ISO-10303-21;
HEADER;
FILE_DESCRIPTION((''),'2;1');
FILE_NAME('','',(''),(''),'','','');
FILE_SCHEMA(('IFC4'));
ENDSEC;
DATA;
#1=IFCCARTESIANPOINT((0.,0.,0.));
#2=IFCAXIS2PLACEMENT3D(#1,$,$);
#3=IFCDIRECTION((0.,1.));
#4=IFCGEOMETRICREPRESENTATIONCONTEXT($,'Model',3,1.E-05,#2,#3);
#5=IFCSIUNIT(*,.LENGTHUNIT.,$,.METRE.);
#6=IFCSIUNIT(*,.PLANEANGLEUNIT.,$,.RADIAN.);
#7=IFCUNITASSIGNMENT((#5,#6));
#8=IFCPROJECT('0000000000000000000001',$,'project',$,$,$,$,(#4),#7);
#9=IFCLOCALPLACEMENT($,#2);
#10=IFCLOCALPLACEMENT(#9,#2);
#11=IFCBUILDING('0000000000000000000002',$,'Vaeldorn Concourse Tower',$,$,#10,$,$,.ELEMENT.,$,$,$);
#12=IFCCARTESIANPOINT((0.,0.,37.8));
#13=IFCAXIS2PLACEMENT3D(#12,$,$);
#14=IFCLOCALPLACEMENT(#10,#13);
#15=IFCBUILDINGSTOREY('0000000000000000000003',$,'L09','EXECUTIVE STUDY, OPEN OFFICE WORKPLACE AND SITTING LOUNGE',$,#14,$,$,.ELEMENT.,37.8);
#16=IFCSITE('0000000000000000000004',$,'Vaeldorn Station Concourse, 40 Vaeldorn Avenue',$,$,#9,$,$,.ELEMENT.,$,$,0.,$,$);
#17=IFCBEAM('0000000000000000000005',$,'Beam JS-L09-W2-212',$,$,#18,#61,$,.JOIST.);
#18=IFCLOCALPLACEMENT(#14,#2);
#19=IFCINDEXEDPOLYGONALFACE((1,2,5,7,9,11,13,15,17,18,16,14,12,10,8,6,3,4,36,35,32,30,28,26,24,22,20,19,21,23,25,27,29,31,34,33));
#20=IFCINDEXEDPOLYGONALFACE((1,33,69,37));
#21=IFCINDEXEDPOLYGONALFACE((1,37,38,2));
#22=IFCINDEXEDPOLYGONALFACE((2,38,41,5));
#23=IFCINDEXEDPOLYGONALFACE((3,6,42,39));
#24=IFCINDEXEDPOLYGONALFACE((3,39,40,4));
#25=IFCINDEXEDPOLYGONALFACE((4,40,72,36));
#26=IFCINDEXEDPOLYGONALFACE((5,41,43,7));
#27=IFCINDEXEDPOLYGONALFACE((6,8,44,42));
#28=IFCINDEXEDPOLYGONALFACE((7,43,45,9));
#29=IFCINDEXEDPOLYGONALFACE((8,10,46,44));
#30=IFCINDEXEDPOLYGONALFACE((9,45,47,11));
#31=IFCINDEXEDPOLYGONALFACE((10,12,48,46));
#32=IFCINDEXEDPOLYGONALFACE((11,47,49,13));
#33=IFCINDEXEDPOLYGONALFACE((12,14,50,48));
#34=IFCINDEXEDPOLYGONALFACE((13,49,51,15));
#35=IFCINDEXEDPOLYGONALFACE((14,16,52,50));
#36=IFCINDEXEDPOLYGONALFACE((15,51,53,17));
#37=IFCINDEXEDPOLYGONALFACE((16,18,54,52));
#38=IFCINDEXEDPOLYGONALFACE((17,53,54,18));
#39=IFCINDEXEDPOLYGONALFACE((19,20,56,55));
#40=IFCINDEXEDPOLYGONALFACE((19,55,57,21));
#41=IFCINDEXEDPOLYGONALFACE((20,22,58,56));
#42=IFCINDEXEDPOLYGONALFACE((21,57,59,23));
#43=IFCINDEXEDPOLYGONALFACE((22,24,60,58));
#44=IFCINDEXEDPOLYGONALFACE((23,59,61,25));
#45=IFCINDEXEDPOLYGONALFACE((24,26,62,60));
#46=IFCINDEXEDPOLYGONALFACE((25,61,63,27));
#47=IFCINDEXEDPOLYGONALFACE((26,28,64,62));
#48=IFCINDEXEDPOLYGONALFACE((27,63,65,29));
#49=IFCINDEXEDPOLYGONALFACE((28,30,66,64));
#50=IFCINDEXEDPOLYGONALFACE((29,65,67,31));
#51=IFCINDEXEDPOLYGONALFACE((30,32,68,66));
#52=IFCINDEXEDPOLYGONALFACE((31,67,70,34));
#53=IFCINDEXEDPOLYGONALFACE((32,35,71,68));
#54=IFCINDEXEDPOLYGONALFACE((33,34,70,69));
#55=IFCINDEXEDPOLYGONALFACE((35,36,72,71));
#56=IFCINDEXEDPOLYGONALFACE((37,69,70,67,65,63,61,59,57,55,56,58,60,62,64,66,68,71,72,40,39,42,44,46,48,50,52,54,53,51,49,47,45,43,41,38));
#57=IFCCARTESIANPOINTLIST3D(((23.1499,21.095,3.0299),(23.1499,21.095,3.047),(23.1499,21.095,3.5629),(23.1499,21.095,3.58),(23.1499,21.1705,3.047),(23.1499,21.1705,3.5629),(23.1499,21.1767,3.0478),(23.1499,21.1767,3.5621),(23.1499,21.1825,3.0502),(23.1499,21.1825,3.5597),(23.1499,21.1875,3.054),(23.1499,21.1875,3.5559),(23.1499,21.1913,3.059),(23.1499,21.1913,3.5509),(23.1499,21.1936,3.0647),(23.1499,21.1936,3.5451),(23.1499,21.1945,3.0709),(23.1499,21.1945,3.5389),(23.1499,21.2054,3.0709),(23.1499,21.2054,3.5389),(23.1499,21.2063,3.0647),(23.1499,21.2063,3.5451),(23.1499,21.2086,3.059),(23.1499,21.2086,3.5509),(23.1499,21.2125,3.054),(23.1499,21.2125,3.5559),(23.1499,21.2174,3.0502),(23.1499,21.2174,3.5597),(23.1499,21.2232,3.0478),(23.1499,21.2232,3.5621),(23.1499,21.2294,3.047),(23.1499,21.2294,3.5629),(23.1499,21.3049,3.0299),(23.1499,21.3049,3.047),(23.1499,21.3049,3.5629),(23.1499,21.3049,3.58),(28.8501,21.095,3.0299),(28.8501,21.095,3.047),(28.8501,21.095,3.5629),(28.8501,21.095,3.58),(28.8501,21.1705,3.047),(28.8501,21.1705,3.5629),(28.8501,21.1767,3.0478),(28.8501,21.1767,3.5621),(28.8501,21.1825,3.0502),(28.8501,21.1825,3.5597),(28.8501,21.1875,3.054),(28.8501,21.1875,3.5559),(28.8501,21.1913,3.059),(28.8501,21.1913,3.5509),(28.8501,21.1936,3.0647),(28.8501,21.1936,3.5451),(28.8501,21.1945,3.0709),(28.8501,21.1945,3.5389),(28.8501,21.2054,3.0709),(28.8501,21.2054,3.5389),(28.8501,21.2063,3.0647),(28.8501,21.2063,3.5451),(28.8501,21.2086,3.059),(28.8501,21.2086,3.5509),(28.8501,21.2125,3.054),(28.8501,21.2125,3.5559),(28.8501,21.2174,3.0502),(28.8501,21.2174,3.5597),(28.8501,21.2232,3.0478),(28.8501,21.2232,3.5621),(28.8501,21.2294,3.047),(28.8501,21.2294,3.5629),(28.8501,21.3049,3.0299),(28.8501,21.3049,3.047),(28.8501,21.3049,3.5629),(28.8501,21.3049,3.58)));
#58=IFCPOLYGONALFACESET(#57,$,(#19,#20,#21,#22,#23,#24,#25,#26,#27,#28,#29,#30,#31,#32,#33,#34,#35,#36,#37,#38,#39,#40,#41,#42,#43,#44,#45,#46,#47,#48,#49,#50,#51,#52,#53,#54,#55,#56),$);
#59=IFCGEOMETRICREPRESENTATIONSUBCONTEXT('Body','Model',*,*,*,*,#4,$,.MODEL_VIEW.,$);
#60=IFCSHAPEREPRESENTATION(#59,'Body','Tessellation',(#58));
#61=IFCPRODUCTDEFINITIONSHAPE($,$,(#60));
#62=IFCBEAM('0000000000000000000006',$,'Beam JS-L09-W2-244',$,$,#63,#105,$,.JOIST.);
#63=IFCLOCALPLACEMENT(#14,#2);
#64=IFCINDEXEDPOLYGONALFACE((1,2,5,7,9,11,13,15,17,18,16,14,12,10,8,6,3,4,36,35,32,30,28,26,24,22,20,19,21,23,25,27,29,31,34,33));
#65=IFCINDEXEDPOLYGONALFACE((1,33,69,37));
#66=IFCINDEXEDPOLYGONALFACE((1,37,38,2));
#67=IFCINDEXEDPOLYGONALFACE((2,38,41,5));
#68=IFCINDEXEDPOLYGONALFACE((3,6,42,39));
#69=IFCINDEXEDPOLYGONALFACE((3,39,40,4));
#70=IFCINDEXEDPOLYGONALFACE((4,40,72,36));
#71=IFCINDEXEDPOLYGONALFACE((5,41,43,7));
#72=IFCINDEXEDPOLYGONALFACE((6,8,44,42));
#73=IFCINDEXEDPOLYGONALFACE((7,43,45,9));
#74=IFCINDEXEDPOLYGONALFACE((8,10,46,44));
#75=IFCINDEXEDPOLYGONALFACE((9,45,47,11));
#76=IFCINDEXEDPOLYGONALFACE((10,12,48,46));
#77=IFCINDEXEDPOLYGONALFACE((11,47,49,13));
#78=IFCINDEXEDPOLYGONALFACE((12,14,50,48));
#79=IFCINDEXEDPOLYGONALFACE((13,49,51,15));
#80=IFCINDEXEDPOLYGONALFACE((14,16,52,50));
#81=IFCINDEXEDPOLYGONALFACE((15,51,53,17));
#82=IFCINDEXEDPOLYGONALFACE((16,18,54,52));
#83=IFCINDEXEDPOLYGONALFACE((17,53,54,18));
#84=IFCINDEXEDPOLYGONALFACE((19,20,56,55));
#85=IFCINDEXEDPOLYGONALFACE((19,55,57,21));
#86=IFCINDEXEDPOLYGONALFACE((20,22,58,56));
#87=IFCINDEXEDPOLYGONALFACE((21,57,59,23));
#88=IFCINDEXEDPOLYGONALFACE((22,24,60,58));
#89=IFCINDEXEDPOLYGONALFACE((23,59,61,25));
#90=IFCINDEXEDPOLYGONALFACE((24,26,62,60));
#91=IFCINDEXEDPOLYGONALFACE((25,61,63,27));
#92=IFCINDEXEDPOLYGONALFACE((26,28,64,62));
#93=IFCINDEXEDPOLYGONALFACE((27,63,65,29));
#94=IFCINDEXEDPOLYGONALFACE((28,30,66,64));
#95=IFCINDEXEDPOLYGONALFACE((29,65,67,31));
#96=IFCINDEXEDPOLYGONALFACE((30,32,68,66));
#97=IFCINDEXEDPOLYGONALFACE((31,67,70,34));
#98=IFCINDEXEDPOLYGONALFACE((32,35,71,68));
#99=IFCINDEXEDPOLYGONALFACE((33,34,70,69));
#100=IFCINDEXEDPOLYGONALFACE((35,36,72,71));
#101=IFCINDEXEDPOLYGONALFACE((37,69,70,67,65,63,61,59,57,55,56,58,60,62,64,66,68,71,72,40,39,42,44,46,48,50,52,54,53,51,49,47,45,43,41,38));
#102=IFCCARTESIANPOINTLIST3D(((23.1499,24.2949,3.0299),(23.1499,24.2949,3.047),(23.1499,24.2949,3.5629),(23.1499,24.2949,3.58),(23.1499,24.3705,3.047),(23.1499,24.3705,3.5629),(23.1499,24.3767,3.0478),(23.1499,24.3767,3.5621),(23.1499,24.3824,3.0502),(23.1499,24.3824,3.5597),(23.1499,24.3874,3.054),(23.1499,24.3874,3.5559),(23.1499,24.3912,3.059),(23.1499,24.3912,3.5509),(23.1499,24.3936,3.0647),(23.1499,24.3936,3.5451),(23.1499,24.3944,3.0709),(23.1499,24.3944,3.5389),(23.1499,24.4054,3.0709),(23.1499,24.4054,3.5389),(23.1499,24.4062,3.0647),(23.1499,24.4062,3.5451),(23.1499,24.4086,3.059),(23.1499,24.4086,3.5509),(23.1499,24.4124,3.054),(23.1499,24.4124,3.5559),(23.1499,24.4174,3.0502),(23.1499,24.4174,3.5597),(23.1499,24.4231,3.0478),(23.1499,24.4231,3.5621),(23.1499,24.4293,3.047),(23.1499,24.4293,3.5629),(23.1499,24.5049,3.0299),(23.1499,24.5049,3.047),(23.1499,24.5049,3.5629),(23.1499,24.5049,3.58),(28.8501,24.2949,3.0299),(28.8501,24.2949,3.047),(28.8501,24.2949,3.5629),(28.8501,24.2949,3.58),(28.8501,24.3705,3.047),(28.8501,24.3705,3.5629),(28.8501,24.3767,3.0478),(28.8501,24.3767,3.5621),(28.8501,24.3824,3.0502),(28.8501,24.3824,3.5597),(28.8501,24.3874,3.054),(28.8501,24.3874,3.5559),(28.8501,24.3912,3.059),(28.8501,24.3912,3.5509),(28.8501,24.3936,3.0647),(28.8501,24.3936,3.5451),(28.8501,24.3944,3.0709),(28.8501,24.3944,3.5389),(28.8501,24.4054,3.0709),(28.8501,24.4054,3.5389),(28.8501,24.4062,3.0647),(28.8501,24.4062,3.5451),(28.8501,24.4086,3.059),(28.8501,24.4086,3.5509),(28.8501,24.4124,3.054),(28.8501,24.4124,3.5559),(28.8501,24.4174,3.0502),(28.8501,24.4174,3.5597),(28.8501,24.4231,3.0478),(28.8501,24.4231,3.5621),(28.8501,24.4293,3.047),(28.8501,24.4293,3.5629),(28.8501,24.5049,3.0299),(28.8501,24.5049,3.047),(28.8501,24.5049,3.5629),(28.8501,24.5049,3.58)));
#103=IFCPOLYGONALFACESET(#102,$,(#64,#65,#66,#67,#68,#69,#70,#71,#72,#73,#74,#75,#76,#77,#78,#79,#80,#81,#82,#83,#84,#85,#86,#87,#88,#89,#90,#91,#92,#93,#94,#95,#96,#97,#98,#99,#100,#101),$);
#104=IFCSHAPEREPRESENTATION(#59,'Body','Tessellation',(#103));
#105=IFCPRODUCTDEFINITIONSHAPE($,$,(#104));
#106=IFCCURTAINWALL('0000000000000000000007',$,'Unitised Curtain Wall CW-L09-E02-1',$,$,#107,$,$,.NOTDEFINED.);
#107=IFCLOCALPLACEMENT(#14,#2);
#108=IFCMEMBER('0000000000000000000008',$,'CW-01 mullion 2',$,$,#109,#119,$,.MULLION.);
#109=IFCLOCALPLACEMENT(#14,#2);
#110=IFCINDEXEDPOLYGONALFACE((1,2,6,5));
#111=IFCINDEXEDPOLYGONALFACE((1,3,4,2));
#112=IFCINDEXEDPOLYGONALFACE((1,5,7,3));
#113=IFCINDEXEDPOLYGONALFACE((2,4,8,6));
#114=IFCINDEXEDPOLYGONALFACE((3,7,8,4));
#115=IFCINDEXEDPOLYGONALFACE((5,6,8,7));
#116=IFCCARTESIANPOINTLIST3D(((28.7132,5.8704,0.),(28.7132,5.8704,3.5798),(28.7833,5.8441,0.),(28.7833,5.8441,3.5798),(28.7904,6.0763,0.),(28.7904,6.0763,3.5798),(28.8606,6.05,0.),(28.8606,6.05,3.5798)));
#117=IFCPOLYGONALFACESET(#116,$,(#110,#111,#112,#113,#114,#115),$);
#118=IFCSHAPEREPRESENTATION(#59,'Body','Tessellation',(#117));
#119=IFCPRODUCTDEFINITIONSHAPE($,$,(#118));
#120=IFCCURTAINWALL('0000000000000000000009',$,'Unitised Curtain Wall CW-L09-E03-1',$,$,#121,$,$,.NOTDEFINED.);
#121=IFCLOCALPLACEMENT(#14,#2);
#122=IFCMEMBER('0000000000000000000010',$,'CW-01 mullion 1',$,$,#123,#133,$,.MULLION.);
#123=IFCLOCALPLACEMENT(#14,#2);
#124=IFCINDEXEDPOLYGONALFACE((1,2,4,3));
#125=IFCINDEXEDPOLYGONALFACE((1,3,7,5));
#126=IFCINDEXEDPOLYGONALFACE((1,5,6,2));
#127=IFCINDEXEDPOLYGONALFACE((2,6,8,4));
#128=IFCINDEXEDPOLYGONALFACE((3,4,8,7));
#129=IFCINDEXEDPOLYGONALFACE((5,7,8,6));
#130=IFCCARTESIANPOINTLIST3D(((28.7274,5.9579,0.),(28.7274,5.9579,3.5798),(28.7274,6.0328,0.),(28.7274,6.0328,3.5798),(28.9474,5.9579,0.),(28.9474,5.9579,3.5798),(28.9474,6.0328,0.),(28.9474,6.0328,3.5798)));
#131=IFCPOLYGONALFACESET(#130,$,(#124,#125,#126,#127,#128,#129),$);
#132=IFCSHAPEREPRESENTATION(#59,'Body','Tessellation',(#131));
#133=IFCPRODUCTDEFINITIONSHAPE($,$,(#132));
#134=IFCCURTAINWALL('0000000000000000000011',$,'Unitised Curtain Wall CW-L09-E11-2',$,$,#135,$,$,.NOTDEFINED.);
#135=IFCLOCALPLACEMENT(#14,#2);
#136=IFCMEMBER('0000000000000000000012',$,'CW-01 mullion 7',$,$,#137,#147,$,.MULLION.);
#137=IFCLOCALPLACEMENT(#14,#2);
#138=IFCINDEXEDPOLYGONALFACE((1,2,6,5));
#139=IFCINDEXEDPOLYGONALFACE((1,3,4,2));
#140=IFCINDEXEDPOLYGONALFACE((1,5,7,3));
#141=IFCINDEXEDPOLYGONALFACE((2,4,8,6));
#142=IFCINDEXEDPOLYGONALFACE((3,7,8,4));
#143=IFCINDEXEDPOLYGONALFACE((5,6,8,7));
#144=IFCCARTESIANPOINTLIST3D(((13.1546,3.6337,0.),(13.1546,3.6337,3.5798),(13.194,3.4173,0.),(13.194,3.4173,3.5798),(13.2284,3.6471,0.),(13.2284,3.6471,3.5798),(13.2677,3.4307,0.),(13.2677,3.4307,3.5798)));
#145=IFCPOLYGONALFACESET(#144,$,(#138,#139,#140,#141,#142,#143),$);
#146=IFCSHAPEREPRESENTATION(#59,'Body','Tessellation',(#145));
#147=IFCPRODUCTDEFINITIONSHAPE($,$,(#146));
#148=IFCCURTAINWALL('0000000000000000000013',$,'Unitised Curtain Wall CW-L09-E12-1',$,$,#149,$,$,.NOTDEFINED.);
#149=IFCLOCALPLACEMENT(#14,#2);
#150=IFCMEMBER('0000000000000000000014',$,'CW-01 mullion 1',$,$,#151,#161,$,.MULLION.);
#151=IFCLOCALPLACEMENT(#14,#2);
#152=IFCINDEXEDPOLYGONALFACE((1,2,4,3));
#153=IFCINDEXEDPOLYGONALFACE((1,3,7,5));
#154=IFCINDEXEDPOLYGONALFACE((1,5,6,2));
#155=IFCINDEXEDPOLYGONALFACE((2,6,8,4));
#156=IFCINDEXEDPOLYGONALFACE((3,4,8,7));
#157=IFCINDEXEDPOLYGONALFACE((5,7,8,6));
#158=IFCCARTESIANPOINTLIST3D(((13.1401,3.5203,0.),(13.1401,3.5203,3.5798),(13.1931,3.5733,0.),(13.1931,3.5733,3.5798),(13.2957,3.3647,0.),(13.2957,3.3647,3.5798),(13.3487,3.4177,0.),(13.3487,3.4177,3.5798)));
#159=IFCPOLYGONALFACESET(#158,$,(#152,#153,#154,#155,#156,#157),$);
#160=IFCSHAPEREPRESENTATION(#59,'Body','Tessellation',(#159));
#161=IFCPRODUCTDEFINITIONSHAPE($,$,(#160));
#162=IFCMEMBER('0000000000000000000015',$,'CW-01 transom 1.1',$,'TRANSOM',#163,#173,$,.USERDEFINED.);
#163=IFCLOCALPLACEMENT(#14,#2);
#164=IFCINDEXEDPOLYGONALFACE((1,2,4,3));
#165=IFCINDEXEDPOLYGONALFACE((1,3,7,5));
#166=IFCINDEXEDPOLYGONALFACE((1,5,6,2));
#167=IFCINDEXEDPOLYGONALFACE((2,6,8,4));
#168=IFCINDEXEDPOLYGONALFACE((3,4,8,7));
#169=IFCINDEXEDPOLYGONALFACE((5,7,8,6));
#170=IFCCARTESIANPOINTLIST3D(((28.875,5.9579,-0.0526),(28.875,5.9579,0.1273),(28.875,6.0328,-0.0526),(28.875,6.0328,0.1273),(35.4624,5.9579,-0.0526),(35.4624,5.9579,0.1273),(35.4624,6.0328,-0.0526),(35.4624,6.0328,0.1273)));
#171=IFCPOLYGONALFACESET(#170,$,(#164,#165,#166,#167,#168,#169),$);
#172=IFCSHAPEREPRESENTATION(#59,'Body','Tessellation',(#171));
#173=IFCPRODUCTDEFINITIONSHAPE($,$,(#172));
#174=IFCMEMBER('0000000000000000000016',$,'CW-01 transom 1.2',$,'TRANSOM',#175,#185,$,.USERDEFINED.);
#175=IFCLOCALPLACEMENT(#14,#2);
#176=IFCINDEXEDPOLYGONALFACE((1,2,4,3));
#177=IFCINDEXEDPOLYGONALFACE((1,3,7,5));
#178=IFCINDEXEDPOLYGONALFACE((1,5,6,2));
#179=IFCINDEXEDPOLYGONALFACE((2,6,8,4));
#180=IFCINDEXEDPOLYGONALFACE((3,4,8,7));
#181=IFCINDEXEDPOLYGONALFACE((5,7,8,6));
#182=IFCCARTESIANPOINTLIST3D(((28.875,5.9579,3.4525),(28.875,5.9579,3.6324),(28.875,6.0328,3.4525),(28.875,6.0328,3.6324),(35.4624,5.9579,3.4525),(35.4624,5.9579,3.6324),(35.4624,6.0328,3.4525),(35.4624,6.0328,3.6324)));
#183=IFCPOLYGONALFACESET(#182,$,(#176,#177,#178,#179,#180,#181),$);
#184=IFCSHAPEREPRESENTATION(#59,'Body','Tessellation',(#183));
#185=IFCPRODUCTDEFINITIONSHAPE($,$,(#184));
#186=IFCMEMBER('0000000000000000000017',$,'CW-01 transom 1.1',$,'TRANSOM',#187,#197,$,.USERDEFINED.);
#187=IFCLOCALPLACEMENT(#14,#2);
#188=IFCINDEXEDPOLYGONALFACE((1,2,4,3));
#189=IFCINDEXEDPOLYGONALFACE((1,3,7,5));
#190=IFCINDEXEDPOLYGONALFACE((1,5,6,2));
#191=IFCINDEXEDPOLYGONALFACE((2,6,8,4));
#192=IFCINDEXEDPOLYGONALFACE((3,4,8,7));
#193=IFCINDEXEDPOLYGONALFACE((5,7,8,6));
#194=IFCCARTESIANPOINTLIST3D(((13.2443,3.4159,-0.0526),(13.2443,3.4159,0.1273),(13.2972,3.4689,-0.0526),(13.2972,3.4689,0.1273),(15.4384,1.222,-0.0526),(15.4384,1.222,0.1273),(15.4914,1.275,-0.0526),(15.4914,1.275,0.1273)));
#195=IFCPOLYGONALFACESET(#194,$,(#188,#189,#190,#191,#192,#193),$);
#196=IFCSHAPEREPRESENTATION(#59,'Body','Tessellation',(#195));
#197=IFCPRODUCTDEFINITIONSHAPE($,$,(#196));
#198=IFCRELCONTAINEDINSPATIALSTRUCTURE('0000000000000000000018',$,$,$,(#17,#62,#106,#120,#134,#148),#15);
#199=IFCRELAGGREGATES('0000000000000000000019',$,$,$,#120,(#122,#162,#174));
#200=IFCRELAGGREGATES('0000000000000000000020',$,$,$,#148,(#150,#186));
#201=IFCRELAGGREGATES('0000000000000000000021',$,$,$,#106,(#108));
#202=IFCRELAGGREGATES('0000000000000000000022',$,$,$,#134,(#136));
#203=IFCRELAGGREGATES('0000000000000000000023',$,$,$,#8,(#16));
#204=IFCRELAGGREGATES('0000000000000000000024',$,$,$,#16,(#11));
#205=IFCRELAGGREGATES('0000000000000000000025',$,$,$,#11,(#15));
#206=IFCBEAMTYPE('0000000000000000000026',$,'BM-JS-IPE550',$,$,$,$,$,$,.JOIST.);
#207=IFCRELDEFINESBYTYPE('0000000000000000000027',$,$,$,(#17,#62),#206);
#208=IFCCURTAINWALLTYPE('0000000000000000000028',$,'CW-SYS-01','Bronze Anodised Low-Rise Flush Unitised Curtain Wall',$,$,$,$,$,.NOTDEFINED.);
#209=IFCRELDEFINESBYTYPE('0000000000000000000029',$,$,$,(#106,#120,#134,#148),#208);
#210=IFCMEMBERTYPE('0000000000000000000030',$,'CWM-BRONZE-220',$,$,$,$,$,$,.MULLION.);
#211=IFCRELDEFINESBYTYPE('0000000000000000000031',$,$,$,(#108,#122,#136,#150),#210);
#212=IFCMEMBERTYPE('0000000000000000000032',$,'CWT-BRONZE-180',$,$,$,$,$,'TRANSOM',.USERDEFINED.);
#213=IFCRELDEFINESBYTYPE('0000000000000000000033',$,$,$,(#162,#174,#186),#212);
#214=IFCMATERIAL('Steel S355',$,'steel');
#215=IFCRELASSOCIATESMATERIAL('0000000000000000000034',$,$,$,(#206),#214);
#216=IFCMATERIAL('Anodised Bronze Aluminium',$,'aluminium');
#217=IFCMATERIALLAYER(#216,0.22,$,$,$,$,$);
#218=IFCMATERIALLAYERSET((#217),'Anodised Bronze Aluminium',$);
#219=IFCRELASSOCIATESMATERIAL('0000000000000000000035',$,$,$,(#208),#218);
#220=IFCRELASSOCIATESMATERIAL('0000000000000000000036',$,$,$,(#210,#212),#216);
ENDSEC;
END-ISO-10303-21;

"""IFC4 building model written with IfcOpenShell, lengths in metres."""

from ifc_helpers import new_model, si_unit, direction, frame, origin, origin_2d, place, context, subcontext, project, spatial, rectangle, i_section, extrude, source, transform, mapped, material, layer, layer_set, material_profile, profile_set, type_object, element, aggregate, save


model = new_model("IFC4")

# Units and contexts
model_context = context("Model", 3, precision=1e-05, world=origin(), true_north=direction((0.0, 1.0)))
body_context = subcontext(model_context, "Body", "Model", "MODEL_VIEW")
ifc_project = project(units=[si_unit("LENGTHUNIT", "METRE"), si_unit("PLANEANGLEUNIT", "RADIAN")], contexts=[model_context])

# Site, building, storey
site_placement = place(None, origin())
site = spatial("IfcSite", under=ifc_project, at=site_placement, Name="Vaeldorn Station Concourse, 40 Vaeldorn Avenue", CompositionType="ELEMENT", RefElevation=0.0)
building_placement = place(site_placement, origin())
building = spatial("IfcBuilding", under=site, at=building_placement, Name="Vaeldorn Concourse Tower", CompositionType="ELEMENT")
storey_placement = place(building_placement, frame((0.0, 0.0, 37.8)))
storey = spatial("IfcBuildingStorey", under=building, at=storey_placement, Name="L09", Description="EXECUTIVE STUDY, OPEN OFFICE WORKPLACE AND SITTING LOUNGE", CompositionType="ELEMENT", Elevation=37.8)

# Beams
ifc_material_1 = material(Name="Steel S355", Category="steel")
ifc_material_profile_1 = material_profile(ifc_material_1, i_section(OverallWidth=0.21, OverallDepth=0.55, WebThickness=0.011, FlangeThickness=0.0171, FilletRadius=0.0239, at=origin_2d()), Name="IPE 550")
ifc_profile_set_1 = profile_set([ifc_material_profile_1], Name="Steel S355")
beam_type_1 = type_object("IfcBeamType", Name="BM-JS-IPE550", PredefinedType="JOIST", material=ifc_profile_set_1)
shared_shape_1 = source(origin(), body_context, "Body", "SweptSolid", [
    extrude(i_section(OverallWidth=0.21, OverallDepth=0.55, WebThickness=0.011, FlangeThickness=0.0171, FilletRadius=0.0239, at=origin_2d()), origin(), (0.0, 0.0, 1.0), 5.7002),
])
for number, where, z_axis, x_axis, name in (
    (1, (23.1499, 21.2, 3.3049), (1.0, 0.0, 0.0), (0.0, 1.0, 0.0), "Beam JS-L09-W2-212"),
    (2, (23.1499, 24.3999, 3.3049), (1.0, 0.0, 0.0), (0.0, 1.0, 0.0), "Beam JS-L09-W2-244"),
):
    element("IfcBeam", number, at=place(storey_placement, frame(where, z_axis=z_axis, x_axis=x_axis)), inside=storey, type_object=beam_type_1, Name=name, PredefinedType="JOIST", context=body_context, shape_type="MappedRepresentation", body=[
        mapped(shared_shape_1, transform((0.0, 0.0, 0.0), scale=1.0)),
    ])

# Curtain walls, members
ifc_material_2 = material(Name="Anodised Bronze Aluminium", Category="aluminium")
ifc_layer_1 = layer(ifc_material_2, 0.22)
ifc_layer_set_1 = layer_set([ifc_layer_1], Name="Anodised Bronze Aluminium")
curtain_wall_type = type_object("IfcCurtainWallType", Name="CW-SYS-01", Description="Bronze Anodised Low-Rise Flush Unitised Curtain Wall", PredefinedType="NOTDEFINED", material=ifc_layer_set_1)
curtain_wall_1_placement = place(storey_placement, origin())
curtain_wall_1 = element("IfcCurtainWall", 3, at=curtain_wall_1_placement, inside=storey, type_object=curtain_wall_type, Name="Unitised Curtain Wall CW-L09-E02-1", PredefinedType="NOTDEFINED")
ifc_material_profile_2 = material_profile(ifc_material_2, rectangle(XDim=0.075, YDim=0.22, at=origin_2d()), Name="CWM 75x220")
ifc_profile_set_2 = profile_set([ifc_material_profile_2], Name="Anodised Bronze Aluminium")
member_type_1 = type_object("IfcMemberType", Name="CWM-BRONZE-220", PredefinedType="MULLION", material=ifc_profile_set_2)
shared_shape_2 = source(origin(), body_context, "Body", "SweptSolid", [
    extrude(rectangle(XDim=0.075, YDim=0.22, at=origin_2d()), origin(), (0.0, 0.0, 1.0), 3.5798),
])
member_1_placement = place(storey_placement, frame((28.7869, 5.9602, 0.0), z_axis=(0.0, 0.0, 1.0), x_axis=(-0.936329, 0.351123, 0.0)))
member_1 = element("IfcMember", 4, at=member_1_placement, type_object=member_type_1, Name="CW-01 mullion 2", PredefinedType="MULLION", context=body_context, shape_type="MappedRepresentation", body=[
    mapped(shared_shape_2, transform((0.0, 0.0, 0.0), scale=1.0)),
])
curtain_wall_2_placement = place(storey_placement, origin())
curtain_wall_2 = element("IfcCurtainWall", 5, at=curtain_wall_2_placement, inside=storey, type_object=curtain_wall_type, Name="Unitised Curtain Wall CW-L09-E03-1", PredefinedType="NOTDEFINED")
member_2_placement = place(storey_placement, frame((28.8374, 5.9954, 0.0), z_axis=(0.0, 0.0, 1.0), x_axis=(0.0, 1.0, 0.0)))
member_2 = element("IfcMember", 6, at=member_2_placement, type_object=member_type_1, Name="CW-01 mullion 1", PredefinedType="MULLION", context=body_context, shape_type="MappedRepresentation", body=[
    mapped(shared_shape_2, transform((0.0, 0.0, 0.0), scale=1.0)),
])
curtain_wall_3_placement = place(storey_placement, origin())
curtain_wall_3 = element("IfcCurtainWall", 7, at=curtain_wall_3_placement, inside=storey, type_object=curtain_wall_type, Name="Unitised Curtain Wall CW-L09-E11-2", PredefinedType="NOTDEFINED")
member_3_placement = place(storey_placement, frame((13.2112, 3.5322, 0.0), z_axis=(0.0, 0.0, 1.0), x_axis=(0.983875, 0.178859, 0.0)))
member_3 = element("IfcMember", 8, at=member_3_placement, type_object=member_type_1, Name="CW-01 mullion 7", PredefinedType="MULLION", context=body_context, shape_type="MappedRepresentation", body=[
    mapped(shared_shape_2, transform((0.0, 0.0, 0.0), scale=1.0)),
])
curtain_wall_4_placement = place(storey_placement, origin())
curtain_wall_4 = element("IfcCurtainWall", 9, at=curtain_wall_4_placement, inside=storey, type_object=curtain_wall_type, Name="Unitised Curtain Wall CW-L09-E12-1", PredefinedType="NOTDEFINED")
member_4_placement = place(storey_placement, frame((13.2444, 3.469, 0.0), z_axis=(0.0, 0.0, 1.0), x_axis=(0.707107, 0.707107, 0.0)))
member_4 = element("IfcMember", 10, at=member_4_placement, type_object=member_type_1, Name="CW-01 mullion 1", PredefinedType="MULLION", context=body_context, shape_type="MappedRepresentation", body=[
    mapped(shared_shape_2, transform((0.0, 0.0, 0.0), scale=1.0)),
])

# Members
ifc_material_profile_3 = material_profile(ifc_material_2, rectangle(XDim=0.075, YDim=0.1799, at=origin_2d()), Name="CWT 75x180")
ifc_profile_set_3 = profile_set([ifc_material_profile_3], Name="Anodised Bronze Aluminium")
member_type_2 = type_object("IfcMemberType", Name="CWT-BRONZE-180", ElementType="TRANSOM", PredefinedType="USERDEFINED", material=ifc_profile_set_3)
shared_shape_3 = source(origin(), body_context, "Body", "SweptSolid", [
    extrude(rectangle(XDim=0.075, YDim=0.1799, at=origin_2d()), origin(), (0.0, 0.0, 1.0), 6.5874),
])
member_5_placement = place(storey_placement, frame((28.875, 5.9954, 0.0374), z_axis=(1.0, 0.0, 0.0), x_axis=(0.0, 1.0, 0.0)))
member_5 = element("IfcMember", 11, at=member_5_placement, type_object=member_type_2, Name="CW-01 transom 1.1", ObjectType="TRANSOM", PredefinedType="USERDEFINED", context=body_context, shape_type="MappedRepresentation", body=[
    mapped(shared_shape_3, transform((0.0, 0.0, 0.0), scale=1.0)),
])
member_6_placement = place(storey_placement, frame((28.875, 5.9954, 3.5425), z_axis=(1.0, 0.0, 0.0), x_axis=(0.0, 1.0, 0.0)))
member_6 = element("IfcMember", 12, at=member_6_placement, type_object=member_type_2, Name="CW-01 transom 1.2", ObjectType="TRANSOM", PredefinedType="USERDEFINED", context=body_context, shape_type="MappedRepresentation", body=[
    mapped(shared_shape_3, transform((0.0, 0.0, 0.0), scale=1.0)),
])
aggregate(curtain_wall_2, [member_2, member_5, member_6])
shared_shape_4 = source(origin(), body_context, "Body", "SweptSolid", [
    extrude(rectangle(XDim=0.075, YDim=0.1799, at=origin_2d()), origin(), (0.0, 0.0, 1.0), 3.1028),
])
member_7_placement = place(storey_placement, frame((13.2708, 3.4424, 0.0374), z_axis=(0.707146, -0.707067, 0.0), x_axis=(0.707067, 0.707146, 0.0)))
member_7 = element("IfcMember", 13, at=member_7_placement, type_object=member_type_2, Name="CW-01 transom 1.1", ObjectType="TRANSOM", PredefinedType="USERDEFINED", context=body_context, shape_type="MappedRepresentation", body=[
    mapped(shared_shape_4, transform((0.0, 0.0, 0.0), scale=1.0)),
])
aggregate(curtain_wall_4, [member_4, member_7])

aggregate(curtain_wall_1, [member_1])
aggregate(curtain_wall_3, [member_3])

save(model, "model.ifc")
